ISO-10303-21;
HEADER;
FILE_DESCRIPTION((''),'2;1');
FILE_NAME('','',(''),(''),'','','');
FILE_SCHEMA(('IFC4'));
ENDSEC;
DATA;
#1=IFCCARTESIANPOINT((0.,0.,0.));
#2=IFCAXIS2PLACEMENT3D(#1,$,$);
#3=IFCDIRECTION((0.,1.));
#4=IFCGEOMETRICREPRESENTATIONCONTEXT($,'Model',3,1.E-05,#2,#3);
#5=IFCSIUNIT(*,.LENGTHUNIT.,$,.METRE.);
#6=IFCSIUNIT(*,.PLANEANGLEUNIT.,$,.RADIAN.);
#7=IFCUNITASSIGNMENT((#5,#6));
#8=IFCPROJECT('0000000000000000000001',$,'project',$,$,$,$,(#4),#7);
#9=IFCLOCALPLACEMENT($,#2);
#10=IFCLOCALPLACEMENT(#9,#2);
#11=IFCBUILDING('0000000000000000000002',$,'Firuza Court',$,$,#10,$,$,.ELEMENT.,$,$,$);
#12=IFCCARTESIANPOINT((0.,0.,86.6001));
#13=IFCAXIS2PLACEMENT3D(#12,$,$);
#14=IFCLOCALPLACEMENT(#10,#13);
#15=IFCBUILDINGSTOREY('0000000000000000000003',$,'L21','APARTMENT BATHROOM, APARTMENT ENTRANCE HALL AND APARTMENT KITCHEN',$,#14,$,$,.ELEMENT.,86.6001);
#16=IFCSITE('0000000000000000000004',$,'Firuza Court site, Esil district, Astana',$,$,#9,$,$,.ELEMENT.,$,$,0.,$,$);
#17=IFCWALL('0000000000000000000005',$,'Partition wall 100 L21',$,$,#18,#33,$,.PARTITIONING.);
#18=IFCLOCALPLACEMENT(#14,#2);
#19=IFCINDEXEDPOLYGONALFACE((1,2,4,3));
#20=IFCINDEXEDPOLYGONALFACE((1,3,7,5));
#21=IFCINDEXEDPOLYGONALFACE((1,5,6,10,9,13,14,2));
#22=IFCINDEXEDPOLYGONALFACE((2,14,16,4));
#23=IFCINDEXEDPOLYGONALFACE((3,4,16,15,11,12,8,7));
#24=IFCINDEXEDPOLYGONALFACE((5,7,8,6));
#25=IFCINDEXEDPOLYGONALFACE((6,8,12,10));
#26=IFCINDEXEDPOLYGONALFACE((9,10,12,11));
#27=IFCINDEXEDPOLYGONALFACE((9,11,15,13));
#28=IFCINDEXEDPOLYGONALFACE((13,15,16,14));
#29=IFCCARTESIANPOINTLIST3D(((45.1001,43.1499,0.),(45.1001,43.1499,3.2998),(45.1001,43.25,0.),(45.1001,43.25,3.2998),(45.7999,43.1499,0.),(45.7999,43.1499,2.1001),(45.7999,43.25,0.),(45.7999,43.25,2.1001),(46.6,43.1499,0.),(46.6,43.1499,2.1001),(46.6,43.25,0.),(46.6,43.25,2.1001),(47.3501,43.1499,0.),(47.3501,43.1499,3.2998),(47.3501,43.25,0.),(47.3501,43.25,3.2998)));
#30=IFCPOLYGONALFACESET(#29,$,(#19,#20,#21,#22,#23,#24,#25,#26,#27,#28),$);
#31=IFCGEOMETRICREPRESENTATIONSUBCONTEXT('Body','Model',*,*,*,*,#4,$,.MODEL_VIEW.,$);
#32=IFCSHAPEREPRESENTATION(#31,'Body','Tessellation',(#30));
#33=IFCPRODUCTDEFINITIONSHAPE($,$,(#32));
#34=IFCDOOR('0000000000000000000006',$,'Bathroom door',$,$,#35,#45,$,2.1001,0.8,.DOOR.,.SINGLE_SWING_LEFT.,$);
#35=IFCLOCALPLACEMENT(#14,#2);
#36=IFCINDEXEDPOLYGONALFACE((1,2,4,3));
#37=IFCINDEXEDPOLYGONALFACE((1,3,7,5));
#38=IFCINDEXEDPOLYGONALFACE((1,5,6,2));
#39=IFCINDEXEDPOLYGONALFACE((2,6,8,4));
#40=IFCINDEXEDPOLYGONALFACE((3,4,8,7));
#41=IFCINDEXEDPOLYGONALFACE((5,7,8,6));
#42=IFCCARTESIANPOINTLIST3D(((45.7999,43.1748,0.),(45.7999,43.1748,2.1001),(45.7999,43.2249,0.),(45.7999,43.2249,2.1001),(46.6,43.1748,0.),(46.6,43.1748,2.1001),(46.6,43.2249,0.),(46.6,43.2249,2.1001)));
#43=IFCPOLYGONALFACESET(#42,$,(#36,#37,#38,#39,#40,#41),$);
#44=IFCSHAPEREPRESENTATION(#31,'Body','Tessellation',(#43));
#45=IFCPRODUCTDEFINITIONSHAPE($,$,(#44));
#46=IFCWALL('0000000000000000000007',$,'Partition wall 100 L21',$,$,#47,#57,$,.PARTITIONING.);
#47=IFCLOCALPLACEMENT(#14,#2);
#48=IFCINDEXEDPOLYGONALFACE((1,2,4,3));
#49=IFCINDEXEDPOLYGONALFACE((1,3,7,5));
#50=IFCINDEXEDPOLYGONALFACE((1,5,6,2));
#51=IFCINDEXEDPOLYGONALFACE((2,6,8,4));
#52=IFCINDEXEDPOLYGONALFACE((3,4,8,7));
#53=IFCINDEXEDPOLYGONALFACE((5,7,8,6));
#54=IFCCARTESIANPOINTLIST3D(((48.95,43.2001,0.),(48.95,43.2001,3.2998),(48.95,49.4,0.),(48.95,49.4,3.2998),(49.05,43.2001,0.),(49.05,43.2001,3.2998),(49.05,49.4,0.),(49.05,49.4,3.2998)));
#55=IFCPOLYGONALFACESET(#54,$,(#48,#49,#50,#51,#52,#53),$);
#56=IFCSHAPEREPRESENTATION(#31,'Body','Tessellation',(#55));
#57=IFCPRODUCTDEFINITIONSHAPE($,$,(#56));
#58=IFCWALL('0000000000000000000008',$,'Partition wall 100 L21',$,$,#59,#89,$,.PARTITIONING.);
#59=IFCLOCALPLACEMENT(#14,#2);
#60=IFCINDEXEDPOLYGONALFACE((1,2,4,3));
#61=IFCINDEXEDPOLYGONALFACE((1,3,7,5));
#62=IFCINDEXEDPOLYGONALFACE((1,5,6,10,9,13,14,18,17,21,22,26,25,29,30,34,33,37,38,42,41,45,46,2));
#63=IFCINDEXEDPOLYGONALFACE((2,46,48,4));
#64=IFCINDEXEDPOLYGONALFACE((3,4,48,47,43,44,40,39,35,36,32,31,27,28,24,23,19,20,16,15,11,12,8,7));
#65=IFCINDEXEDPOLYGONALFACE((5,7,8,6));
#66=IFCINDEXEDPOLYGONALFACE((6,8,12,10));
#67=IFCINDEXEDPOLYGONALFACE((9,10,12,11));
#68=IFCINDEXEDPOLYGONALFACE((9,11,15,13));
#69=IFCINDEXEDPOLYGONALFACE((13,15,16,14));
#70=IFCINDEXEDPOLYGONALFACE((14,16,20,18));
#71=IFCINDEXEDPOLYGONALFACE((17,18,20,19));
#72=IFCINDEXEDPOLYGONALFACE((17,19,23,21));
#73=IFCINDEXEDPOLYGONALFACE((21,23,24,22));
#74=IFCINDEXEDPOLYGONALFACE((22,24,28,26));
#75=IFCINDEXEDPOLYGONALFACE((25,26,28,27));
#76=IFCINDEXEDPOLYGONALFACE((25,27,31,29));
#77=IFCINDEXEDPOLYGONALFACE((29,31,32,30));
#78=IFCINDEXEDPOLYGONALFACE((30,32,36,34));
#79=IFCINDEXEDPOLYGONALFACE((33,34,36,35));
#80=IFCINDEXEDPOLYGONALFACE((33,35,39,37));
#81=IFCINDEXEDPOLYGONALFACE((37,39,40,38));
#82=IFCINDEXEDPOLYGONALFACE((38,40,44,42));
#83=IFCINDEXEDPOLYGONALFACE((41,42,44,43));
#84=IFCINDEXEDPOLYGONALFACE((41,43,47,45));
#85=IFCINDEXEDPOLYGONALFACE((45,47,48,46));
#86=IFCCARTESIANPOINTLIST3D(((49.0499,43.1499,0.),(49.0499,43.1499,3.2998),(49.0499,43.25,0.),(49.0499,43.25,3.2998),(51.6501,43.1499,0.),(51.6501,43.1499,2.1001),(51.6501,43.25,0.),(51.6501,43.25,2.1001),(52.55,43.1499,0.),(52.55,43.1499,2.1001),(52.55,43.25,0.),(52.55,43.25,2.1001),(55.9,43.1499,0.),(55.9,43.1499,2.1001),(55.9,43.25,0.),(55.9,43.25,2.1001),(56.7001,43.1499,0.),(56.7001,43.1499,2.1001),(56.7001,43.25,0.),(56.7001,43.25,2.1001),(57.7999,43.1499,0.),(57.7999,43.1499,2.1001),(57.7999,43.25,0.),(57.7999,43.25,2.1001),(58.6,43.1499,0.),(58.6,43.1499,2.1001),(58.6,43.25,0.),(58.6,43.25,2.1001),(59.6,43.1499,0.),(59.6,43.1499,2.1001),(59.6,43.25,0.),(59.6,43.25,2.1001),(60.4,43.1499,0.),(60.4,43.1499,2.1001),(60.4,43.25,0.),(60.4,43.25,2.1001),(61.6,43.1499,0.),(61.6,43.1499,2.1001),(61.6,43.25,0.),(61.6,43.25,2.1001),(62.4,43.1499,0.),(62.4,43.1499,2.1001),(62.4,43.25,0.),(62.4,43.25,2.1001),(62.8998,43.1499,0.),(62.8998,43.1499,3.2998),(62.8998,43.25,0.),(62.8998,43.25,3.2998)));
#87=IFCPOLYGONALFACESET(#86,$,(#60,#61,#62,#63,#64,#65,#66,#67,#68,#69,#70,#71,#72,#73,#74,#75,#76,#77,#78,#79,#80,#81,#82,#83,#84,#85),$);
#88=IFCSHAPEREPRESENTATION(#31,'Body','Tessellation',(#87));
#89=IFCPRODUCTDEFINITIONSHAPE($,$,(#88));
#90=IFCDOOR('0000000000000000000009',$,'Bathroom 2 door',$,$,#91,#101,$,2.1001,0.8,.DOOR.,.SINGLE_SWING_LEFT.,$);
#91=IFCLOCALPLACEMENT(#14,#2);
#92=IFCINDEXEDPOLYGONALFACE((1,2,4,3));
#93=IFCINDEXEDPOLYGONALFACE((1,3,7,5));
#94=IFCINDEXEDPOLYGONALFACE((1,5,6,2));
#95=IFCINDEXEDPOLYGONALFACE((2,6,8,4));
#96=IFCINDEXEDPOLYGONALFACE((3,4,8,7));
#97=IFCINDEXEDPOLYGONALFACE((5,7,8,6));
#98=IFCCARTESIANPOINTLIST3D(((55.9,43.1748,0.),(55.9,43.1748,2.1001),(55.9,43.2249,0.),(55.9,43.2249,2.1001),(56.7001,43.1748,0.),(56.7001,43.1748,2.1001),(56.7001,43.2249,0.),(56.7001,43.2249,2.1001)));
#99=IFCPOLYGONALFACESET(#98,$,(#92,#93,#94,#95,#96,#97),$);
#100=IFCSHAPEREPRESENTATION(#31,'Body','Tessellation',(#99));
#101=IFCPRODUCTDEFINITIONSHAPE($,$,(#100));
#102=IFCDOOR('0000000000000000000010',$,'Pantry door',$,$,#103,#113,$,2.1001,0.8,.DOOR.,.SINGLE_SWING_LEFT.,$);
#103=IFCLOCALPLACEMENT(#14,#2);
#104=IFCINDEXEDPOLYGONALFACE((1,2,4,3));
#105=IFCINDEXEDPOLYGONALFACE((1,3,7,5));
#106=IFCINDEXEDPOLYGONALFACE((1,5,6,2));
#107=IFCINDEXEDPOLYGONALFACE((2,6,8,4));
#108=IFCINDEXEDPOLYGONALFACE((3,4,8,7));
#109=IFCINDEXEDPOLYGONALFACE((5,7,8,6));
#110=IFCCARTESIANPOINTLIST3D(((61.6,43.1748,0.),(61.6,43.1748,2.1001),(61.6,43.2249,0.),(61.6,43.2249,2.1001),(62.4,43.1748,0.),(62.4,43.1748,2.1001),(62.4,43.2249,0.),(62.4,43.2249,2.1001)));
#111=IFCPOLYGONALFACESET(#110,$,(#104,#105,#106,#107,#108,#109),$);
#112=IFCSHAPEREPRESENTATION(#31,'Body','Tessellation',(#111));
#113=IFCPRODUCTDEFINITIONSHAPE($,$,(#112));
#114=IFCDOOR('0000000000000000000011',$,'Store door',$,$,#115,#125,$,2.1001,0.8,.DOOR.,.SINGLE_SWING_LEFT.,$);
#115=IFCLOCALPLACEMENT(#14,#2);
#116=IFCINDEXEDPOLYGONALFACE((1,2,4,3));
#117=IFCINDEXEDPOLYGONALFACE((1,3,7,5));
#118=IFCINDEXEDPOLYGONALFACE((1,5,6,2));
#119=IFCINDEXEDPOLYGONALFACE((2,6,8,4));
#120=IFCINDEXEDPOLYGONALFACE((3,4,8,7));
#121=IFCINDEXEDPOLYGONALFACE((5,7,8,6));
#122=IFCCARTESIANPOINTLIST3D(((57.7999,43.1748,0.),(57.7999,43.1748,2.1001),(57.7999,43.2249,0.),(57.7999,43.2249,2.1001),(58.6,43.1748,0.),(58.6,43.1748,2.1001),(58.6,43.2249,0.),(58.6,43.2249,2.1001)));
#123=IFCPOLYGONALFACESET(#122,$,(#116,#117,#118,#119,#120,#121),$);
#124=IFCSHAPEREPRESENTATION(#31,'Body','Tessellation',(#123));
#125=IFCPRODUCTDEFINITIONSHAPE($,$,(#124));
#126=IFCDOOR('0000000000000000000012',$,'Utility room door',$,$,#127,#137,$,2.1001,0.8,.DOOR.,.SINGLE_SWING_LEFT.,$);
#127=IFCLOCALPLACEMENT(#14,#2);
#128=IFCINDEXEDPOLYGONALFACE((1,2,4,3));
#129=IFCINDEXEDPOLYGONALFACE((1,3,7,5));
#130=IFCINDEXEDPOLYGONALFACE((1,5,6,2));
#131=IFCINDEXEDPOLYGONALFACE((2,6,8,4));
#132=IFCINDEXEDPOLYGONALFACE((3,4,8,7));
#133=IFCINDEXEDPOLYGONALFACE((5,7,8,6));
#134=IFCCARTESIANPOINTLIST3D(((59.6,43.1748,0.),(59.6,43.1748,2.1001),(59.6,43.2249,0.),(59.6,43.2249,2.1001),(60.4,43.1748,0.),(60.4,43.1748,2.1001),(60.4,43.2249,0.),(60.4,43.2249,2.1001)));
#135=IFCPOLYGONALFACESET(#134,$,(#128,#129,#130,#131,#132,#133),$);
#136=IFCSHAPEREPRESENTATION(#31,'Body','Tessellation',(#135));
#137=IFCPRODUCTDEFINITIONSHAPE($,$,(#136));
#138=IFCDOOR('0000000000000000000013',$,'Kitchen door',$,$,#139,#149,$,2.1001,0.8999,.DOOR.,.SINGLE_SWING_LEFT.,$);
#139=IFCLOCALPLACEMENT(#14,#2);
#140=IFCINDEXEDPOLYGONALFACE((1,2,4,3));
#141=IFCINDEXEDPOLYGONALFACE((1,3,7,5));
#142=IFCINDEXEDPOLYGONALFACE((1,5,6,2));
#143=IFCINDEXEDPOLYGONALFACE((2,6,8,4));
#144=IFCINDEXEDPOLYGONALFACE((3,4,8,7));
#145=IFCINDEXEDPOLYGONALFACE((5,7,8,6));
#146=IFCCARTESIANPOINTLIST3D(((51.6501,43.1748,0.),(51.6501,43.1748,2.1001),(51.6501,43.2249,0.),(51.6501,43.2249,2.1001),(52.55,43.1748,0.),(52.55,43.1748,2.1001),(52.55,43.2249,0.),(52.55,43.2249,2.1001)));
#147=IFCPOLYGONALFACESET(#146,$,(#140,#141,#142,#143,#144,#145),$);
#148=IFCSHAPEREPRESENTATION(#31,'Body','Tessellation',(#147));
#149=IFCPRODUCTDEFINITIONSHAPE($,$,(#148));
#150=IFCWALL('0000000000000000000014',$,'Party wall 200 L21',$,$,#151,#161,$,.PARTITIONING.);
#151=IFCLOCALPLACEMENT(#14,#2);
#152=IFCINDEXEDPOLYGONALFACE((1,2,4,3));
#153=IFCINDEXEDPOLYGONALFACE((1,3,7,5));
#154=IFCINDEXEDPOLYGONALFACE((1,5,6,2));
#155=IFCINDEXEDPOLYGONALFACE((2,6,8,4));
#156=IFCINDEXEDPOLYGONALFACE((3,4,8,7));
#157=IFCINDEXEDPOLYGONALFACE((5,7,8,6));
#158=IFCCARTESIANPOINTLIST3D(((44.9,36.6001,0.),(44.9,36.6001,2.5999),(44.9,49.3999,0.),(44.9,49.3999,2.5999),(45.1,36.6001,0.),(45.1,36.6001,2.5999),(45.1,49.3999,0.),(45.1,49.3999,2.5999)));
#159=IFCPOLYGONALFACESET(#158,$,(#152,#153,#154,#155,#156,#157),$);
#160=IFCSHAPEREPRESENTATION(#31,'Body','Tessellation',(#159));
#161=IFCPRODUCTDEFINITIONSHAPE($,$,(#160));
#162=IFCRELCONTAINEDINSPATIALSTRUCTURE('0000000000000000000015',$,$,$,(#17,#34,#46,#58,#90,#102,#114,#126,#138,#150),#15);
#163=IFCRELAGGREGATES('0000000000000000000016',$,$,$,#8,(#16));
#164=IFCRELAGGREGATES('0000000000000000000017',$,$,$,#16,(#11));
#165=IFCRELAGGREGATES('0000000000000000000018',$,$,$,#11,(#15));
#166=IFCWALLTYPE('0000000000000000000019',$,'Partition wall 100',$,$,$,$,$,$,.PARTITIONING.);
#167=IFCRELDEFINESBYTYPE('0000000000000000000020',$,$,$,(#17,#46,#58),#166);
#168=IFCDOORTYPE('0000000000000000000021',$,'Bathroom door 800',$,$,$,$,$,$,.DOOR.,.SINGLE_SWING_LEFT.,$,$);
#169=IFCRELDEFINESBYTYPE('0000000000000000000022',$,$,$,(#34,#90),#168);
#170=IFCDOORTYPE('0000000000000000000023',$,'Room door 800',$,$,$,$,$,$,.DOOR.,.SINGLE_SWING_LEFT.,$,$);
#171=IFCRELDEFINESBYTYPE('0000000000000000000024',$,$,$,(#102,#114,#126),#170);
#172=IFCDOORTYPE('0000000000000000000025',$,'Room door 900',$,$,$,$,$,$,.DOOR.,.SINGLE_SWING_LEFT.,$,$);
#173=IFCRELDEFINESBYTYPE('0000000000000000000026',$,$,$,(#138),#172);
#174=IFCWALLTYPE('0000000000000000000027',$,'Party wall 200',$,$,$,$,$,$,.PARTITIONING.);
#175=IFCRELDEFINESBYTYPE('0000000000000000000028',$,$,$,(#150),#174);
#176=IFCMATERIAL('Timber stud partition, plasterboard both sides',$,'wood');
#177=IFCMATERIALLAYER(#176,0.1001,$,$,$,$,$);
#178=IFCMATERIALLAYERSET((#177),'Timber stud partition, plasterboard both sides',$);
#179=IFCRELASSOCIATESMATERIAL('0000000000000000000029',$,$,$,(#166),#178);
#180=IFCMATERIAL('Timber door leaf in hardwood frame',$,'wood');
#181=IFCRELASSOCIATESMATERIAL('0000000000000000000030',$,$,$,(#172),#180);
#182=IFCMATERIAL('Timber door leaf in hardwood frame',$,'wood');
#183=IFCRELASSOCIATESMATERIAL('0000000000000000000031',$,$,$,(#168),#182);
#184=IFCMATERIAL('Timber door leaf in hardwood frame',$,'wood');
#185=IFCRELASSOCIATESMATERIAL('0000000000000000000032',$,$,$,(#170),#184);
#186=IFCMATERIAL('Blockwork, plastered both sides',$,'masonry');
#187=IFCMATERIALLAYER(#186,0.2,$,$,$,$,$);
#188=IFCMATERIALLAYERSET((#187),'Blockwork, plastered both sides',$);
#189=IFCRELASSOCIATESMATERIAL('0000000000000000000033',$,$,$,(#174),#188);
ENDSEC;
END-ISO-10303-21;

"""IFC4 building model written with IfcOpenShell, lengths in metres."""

from ifc_helpers import new_model, si_unit, direction, frame, frame_2d, origin, place, context, subcontext, project, spatial, rectangle, extrude, material, layer, layer_set, type_object, element, fill, save


model = new_model("IFC4")

# Units and contexts
model_context = context("Model", 3, precision=1e-05, world=origin(), true_north=direction((0.0, 1.0)))
body_context = subcontext(model_context, "Body", "Model", "MODEL_VIEW")
ifc_project = project(units=[si_unit("LENGTHUNIT", "METRE"), si_unit("PLANEANGLEUNIT", "RADIAN")], contexts=[model_context])

# Site, building, storey
site_placement = place(None, origin())
site = spatial("IfcSite", under=ifc_project, at=site_placement, Name="Firuza Court site, Esil district, Astana", CompositionType="ELEMENT", RefElevation=0.0)
building_placement = place(site_placement, origin())
building = spatial("IfcBuilding", under=site, at=building_placement, Name="Firuza Court", CompositionType="ELEMENT")
storey_placement = place(building_placement, frame((0.0, 0.0, 86.6001)))
storey = spatial("IfcBuildingStorey", under=building, at=storey_placement, Name="L21", Description="APARTMENT BATHROOM, APARTMENT ENTRANCE HALL AND APARTMENT KITCHEN", CompositionType="ELEMENT", Elevation=86.6001)

# Shared definitions
ifc_material_1 = material(Name="Timber stud partition, plasterboard both sides", Category="wood")
ifc_layer_1 = layer(ifc_material_1, 0.1001)
ifc_layer_set_1 = layer_set([ifc_layer_1], Name="Timber stud partition, plasterboard both sides")
wall_type_1 = type_object("IfcWallType", Name="Partition wall 100", PredefinedType="PARTITIONING", material=ifc_layer_set_1)
ifc_material_2 = material(Name="Timber door leaf in hardwood frame", Category="wood")
door_type_1 = type_object("IfcDoorType", Name="Room door 900", OperationType="SINGLE_SWING_LEFT", PredefinedType="DOOR", material=ifc_material_2)

# Wall, opening, door
wall_1_placement = place(storey_placement, frame((45.1001, 43.2, 0.0), z_axis=(0.0, 0.0, 1.0), x_axis=(1.0, 0.0, 0.0)))
wall_1 = element("IfcWall", 1, at=wall_1_placement, inside=storey, type_object=wall_type_1, Name="Partition wall 100 L21", PredefinedType="PARTITIONING", context=body_context, shape_type="SweptSolid", body=[
    extrude(rectangle(XDim=2.25, YDim=0.1001, at=frame_2d((1.125, 0.0))), origin(), (0.0, 0.0, 1.0), 3.2998),
])
opening_1_placement = place(wall_1_placement, frame((0.7, 0.0, 0.0)))
opening_1 = element("IfcOpeningElement", 2, at=opening_1_placement, cuts=wall_1, PredefinedType="OPENING", context=body_context, shape_type="SweptSolid", body=[
    extrude(rectangle(XDim=0.8, YDim=2.1001, at=frame_2d((0.3999, 1.05))), frame((0.0, 0.062, 0.0), z_axis=(0.0, -1.0, 0.0), x_axis=(1.0, 0.0, 0.0)), (0.0, 0.0, 1.0), 0.124),
])
ifc_material_3 = material(Name="Timber door leaf in hardwood frame", Category="wood")
door_type_2 = type_object("IfcDoorType", Name="Bathroom door 800", OperationType="SINGLE_SWING_LEFT", PredefinedType="DOOR", material=ifc_material_3)
door_1_placement = place(opening_1_placement, origin())
door_1 = element("IfcDoor", 3, at=door_1_placement, inside=storey, type_object=door_type_2, Name="Bathroom door", OperationType="SINGLE_SWING_LEFT", OverallHeight=2.1001, OverallWidth=0.8, PredefinedType="DOOR", context=body_context, shape_type="SweptSolid", body=[
    extrude(rectangle(XDim=0.8, YDim=2.1001, at=frame_2d((0.3999, 1.05))), frame((0.0, 0.0249, 0.0), z_axis=(0.0, -1.0, 0.0), x_axis=(1.0, 0.0, 0.0)), (0.0, 0.0, 1.0), 0.05),
])
fill(opening_1, door_1)

# Wall
wall_2_placement = place(storey_placement, frame((49.0, 43.2, 0.0), z_axis=(0.0, 0.0, 1.0), x_axis=(0.0, 1.0, 0.0)))
element("IfcWall", 4, at=wall_2_placement, inside=storey, type_object=wall_type_1, Name="Partition wall 100 L21", PredefinedType="PARTITIONING", context=body_context, shape_type="SweptSolid", body=[
    extrude(rectangle(XDim=6.2, YDim=0.1001, at=frame_2d((3.1001, 0.0))), origin(), (0.0, 0.0, 1.0), 3.2998),
])

# Wall, openings, doors
wall_3_placement = place(storey_placement, frame((49.05, 43.2, 0.0), z_axis=(0.0, 0.0, 1.0), x_axis=(1.0, 0.0, 0.0)))
wall_3 = element("IfcWall", 5, at=wall_3_placement, inside=storey, type_object=wall_type_1, Name="Partition wall 100 L21", PredefinedType="PARTITIONING", context=body_context, shape_type="SweptSolid", body=[
    extrude(rectangle(XDim=13.8499, YDim=0.1001, at=frame_2d((6.9248, 0.0))), origin(), (0.0, 0.0, 1.0), 3.2998),
])
opening_2_placement = place(wall_3_placement, frame((6.8501, 0.0, 0.0)))
opening_2 = element("IfcOpeningElement", 6, at=opening_2_placement, cuts=wall_3, PredefinedType="OPENING", context=body_context, shape_type="SweptSolid", body=[
    extrude(rectangle(XDim=0.8, YDim=2.1001, at=frame_2d((0.3999, 1.05))), frame((0.0, 0.062, 0.0), z_axis=(0.0, -1.0, 0.0), x_axis=(1.0, 0.0, 0.0)), (0.0, 0.0, 1.0), 0.124),
])
opening_3_placement = place(wall_3_placement, frame((2.6001, 0.0, 0.0)))
opening_3 = element("IfcOpeningElement", 7, at=opening_3_placement, cuts=wall_3, PredefinedType="OPENING", context=body_context, shape_type="SweptSolid", body=[
    extrude(rectangle(XDim=0.8999, YDim=2.1001, at=frame_2d((0.45, 1.05))), frame((0.0, 0.062, 0.0), z_axis=(0.0, -1.0, 0.0), x_axis=(1.0, 0.0, 0.0)), (0.0, 0.0, 1.0), 0.124),
])
opening_4_placement = place(wall_3_placement, frame((12.55, 0.0, 0.0)))
opening_4 = element("IfcOpeningElement", 8, at=opening_4_placement, cuts=wall_3, PredefinedType="OPENING", context=body_context, shape_type="SweptSolid", body=[
    extrude(rectangle(XDim=0.8, YDim=2.1001, at=frame_2d((0.3999, 1.05))), frame((0.0, 0.062, 0.0), z_axis=(0.0, -1.0, 0.0), x_axis=(1.0, 0.0, 0.0)), (0.0, 0.0, 1.0), 0.124),
])
opening_5_placement = place(wall_3_placement, frame((8.75, 0.0, 0.0)))
opening_5 = element("IfcOpeningElement", 9, at=opening_5_placement, cuts=wall_3, PredefinedType="OPENING", context=body_context, shape_type="SweptSolid", body=[
    extrude(rectangle(XDim=0.8, YDim=2.1001, at=frame_2d((0.3999, 1.05))), frame((0.0, 0.062, 0.0), z_axis=(0.0, -1.0, 0.0), x_axis=(1.0, 0.0, 0.0)), (0.0, 0.0, 1.0), 0.124),
])
opening_6_placement = place(wall_3_placement, frame((10.55, 0.0, 0.0)))
opening_6 = element("IfcOpeningElement", 10, at=opening_6_placement, cuts=wall_3, PredefinedType="OPENING", context=body_context, shape_type="SweptSolid", body=[
    extrude(rectangle(XDim=0.8, YDim=2.1001, at=frame_2d((0.3999, 1.05))), frame((0.0, 0.062, 0.0), z_axis=(0.0, -1.0, 0.0), x_axis=(1.0, 0.0, 0.0)), (0.0, 0.0, 1.0), 0.124),
])
door_2_placement = place(opening_2_placement, origin())
door_2 = element("IfcDoor", 11, at=door_2_placement, inside=storey, type_object=door_type_2, Name="Bathroom 2 door", OperationType="SINGLE_SWING_LEFT", OverallHeight=2.1001, OverallWidth=0.8, PredefinedType="DOOR", context=body_context, shape_type="SweptSolid", body=[
    extrude(rectangle(XDim=0.8, YDim=2.1001, at=frame_2d((0.3999, 1.05))), frame((0.0, 0.0249, 0.0), z_axis=(0.0, -1.0, 0.0), x_axis=(1.0, 0.0, 0.0)), (0.0, 0.0, 1.0), 0.05),
])
fill(opening_2, door_2)
ifc_material_4 = material(Name="Timber door leaf in hardwood frame", Category="wood")
door_type_3 = type_object("IfcDoorType", Name="Room door 800", OperationType="SINGLE_SWING_LEFT", PredefinedType="DOOR", material=ifc_material_4)
door_3_placement = place(opening_4_placement, origin())
door_3 = element("IfcDoor", 12, at=door_3_placement, inside=storey, type_object=door_type_3, Name="Pantry door", OperationType="SINGLE_SWING_LEFT", OverallHeight=2.1001, OverallWidth=0.8, PredefinedType="DOOR", context=body_context, shape_type="SweptSolid", body=[
    extrude(rectangle(XDim=0.8, YDim=2.1001, at=frame_2d((0.3999, 1.05))), frame((0.0, 0.0249, 0.0), z_axis=(0.0, -1.0, 0.0), x_axis=(1.0, 0.0, 0.0)), (0.0, 0.0, 1.0), 0.05),
])
fill(opening_4, door_3)
door_4_placement = place(opening_5_placement, origin())
door_4 = element("IfcDoor", 13, at=door_4_placement, inside=storey, type_object=door_type_3, Name="Store door", OperationType="SINGLE_SWING_LEFT", OverallHeight=2.1001, OverallWidth=0.8, PredefinedType="DOOR", context=body_context, shape_type="SweptSolid", body=[
    extrude(rectangle(XDim=0.8, YDim=2.1001, at=frame_2d((0.3999, 1.05))), frame((0.0, 0.0249, 0.0), z_axis=(0.0, -1.0, 0.0), x_axis=(1.0, 0.0, 0.0)), (0.0, 0.0, 1.0), 0.05),
])
fill(opening_5, door_4)
door_5_placement = place(opening_6_placement, origin())
door_5 = element("IfcDoor", 14, at=door_5_placement, inside=storey, type_object=door_type_3, Name="Utility room door", OperationType="SINGLE_SWING_LEFT", OverallHeight=2.1001, OverallWidth=0.8, PredefinedType="DOOR", context=body_context, shape_type="SweptSolid", body=[
    extrude(rectangle(XDim=0.8, YDim=2.1001, at=frame_2d((0.3999, 1.05))), frame((0.0, 0.0249, 0.0), z_axis=(0.0, -1.0, 0.0), x_axis=(1.0, 0.0, 0.0)), (0.0, 0.0, 1.0), 0.05),
])
fill(opening_6, door_5)
door_6_placement = place(opening_3_placement, origin())
door_6 = element("IfcDoor", 15, at=door_6_placement, inside=storey, type_object=door_type_1, Name="Kitchen door", OperationType="SINGLE_SWING_LEFT", OverallHeight=2.1001, OverallWidth=0.8999, PredefinedType="DOOR", context=body_context, shape_type="SweptSolid", body=[
    extrude(rectangle(XDim=0.8999, YDim=2.1001, at=frame_2d((0.45, 1.05))), frame((0.0, 0.0249, 0.0), z_axis=(0.0, -1.0, 0.0), x_axis=(1.0, 0.0, 0.0)), (0.0, 0.0, 1.0), 0.05),
])
fill(opening_3, door_6)

# Wall
ifc_material_5 = material(Name="Blockwork, plastered both sides", Category="masonry")
ifc_layer_2 = layer(ifc_material_5, 0.2)
ifc_layer_set_2 = layer_set([ifc_layer_2], Name="Blockwork, plastered both sides")
wall_type_2 = type_object("IfcWallType", Name="Party wall 200", PredefinedType="PARTITIONING", material=ifc_layer_set_2)
wall_4_placement = place(storey_placement, frame((45.0, 36.6001, 0.0), z_axis=(0.0, 0.0, 1.0), x_axis=(0.0, 1.0, 0.0)))
element("IfcWall", 16, at=wall_4_placement, inside=storey, type_object=wall_type_2, Name="Party wall 200 L21", PredefinedType="PARTITIONING", context=body_context, shape_type="SweptSolid", body=[
    extrude(rectangle(XDim=12.7998, YDim=0.2, at=frame_2d((6.3999, 0.0))), origin(), (0.0, 0.0, 1.0), 2.5999),
])

save(model, "model.ifc")
